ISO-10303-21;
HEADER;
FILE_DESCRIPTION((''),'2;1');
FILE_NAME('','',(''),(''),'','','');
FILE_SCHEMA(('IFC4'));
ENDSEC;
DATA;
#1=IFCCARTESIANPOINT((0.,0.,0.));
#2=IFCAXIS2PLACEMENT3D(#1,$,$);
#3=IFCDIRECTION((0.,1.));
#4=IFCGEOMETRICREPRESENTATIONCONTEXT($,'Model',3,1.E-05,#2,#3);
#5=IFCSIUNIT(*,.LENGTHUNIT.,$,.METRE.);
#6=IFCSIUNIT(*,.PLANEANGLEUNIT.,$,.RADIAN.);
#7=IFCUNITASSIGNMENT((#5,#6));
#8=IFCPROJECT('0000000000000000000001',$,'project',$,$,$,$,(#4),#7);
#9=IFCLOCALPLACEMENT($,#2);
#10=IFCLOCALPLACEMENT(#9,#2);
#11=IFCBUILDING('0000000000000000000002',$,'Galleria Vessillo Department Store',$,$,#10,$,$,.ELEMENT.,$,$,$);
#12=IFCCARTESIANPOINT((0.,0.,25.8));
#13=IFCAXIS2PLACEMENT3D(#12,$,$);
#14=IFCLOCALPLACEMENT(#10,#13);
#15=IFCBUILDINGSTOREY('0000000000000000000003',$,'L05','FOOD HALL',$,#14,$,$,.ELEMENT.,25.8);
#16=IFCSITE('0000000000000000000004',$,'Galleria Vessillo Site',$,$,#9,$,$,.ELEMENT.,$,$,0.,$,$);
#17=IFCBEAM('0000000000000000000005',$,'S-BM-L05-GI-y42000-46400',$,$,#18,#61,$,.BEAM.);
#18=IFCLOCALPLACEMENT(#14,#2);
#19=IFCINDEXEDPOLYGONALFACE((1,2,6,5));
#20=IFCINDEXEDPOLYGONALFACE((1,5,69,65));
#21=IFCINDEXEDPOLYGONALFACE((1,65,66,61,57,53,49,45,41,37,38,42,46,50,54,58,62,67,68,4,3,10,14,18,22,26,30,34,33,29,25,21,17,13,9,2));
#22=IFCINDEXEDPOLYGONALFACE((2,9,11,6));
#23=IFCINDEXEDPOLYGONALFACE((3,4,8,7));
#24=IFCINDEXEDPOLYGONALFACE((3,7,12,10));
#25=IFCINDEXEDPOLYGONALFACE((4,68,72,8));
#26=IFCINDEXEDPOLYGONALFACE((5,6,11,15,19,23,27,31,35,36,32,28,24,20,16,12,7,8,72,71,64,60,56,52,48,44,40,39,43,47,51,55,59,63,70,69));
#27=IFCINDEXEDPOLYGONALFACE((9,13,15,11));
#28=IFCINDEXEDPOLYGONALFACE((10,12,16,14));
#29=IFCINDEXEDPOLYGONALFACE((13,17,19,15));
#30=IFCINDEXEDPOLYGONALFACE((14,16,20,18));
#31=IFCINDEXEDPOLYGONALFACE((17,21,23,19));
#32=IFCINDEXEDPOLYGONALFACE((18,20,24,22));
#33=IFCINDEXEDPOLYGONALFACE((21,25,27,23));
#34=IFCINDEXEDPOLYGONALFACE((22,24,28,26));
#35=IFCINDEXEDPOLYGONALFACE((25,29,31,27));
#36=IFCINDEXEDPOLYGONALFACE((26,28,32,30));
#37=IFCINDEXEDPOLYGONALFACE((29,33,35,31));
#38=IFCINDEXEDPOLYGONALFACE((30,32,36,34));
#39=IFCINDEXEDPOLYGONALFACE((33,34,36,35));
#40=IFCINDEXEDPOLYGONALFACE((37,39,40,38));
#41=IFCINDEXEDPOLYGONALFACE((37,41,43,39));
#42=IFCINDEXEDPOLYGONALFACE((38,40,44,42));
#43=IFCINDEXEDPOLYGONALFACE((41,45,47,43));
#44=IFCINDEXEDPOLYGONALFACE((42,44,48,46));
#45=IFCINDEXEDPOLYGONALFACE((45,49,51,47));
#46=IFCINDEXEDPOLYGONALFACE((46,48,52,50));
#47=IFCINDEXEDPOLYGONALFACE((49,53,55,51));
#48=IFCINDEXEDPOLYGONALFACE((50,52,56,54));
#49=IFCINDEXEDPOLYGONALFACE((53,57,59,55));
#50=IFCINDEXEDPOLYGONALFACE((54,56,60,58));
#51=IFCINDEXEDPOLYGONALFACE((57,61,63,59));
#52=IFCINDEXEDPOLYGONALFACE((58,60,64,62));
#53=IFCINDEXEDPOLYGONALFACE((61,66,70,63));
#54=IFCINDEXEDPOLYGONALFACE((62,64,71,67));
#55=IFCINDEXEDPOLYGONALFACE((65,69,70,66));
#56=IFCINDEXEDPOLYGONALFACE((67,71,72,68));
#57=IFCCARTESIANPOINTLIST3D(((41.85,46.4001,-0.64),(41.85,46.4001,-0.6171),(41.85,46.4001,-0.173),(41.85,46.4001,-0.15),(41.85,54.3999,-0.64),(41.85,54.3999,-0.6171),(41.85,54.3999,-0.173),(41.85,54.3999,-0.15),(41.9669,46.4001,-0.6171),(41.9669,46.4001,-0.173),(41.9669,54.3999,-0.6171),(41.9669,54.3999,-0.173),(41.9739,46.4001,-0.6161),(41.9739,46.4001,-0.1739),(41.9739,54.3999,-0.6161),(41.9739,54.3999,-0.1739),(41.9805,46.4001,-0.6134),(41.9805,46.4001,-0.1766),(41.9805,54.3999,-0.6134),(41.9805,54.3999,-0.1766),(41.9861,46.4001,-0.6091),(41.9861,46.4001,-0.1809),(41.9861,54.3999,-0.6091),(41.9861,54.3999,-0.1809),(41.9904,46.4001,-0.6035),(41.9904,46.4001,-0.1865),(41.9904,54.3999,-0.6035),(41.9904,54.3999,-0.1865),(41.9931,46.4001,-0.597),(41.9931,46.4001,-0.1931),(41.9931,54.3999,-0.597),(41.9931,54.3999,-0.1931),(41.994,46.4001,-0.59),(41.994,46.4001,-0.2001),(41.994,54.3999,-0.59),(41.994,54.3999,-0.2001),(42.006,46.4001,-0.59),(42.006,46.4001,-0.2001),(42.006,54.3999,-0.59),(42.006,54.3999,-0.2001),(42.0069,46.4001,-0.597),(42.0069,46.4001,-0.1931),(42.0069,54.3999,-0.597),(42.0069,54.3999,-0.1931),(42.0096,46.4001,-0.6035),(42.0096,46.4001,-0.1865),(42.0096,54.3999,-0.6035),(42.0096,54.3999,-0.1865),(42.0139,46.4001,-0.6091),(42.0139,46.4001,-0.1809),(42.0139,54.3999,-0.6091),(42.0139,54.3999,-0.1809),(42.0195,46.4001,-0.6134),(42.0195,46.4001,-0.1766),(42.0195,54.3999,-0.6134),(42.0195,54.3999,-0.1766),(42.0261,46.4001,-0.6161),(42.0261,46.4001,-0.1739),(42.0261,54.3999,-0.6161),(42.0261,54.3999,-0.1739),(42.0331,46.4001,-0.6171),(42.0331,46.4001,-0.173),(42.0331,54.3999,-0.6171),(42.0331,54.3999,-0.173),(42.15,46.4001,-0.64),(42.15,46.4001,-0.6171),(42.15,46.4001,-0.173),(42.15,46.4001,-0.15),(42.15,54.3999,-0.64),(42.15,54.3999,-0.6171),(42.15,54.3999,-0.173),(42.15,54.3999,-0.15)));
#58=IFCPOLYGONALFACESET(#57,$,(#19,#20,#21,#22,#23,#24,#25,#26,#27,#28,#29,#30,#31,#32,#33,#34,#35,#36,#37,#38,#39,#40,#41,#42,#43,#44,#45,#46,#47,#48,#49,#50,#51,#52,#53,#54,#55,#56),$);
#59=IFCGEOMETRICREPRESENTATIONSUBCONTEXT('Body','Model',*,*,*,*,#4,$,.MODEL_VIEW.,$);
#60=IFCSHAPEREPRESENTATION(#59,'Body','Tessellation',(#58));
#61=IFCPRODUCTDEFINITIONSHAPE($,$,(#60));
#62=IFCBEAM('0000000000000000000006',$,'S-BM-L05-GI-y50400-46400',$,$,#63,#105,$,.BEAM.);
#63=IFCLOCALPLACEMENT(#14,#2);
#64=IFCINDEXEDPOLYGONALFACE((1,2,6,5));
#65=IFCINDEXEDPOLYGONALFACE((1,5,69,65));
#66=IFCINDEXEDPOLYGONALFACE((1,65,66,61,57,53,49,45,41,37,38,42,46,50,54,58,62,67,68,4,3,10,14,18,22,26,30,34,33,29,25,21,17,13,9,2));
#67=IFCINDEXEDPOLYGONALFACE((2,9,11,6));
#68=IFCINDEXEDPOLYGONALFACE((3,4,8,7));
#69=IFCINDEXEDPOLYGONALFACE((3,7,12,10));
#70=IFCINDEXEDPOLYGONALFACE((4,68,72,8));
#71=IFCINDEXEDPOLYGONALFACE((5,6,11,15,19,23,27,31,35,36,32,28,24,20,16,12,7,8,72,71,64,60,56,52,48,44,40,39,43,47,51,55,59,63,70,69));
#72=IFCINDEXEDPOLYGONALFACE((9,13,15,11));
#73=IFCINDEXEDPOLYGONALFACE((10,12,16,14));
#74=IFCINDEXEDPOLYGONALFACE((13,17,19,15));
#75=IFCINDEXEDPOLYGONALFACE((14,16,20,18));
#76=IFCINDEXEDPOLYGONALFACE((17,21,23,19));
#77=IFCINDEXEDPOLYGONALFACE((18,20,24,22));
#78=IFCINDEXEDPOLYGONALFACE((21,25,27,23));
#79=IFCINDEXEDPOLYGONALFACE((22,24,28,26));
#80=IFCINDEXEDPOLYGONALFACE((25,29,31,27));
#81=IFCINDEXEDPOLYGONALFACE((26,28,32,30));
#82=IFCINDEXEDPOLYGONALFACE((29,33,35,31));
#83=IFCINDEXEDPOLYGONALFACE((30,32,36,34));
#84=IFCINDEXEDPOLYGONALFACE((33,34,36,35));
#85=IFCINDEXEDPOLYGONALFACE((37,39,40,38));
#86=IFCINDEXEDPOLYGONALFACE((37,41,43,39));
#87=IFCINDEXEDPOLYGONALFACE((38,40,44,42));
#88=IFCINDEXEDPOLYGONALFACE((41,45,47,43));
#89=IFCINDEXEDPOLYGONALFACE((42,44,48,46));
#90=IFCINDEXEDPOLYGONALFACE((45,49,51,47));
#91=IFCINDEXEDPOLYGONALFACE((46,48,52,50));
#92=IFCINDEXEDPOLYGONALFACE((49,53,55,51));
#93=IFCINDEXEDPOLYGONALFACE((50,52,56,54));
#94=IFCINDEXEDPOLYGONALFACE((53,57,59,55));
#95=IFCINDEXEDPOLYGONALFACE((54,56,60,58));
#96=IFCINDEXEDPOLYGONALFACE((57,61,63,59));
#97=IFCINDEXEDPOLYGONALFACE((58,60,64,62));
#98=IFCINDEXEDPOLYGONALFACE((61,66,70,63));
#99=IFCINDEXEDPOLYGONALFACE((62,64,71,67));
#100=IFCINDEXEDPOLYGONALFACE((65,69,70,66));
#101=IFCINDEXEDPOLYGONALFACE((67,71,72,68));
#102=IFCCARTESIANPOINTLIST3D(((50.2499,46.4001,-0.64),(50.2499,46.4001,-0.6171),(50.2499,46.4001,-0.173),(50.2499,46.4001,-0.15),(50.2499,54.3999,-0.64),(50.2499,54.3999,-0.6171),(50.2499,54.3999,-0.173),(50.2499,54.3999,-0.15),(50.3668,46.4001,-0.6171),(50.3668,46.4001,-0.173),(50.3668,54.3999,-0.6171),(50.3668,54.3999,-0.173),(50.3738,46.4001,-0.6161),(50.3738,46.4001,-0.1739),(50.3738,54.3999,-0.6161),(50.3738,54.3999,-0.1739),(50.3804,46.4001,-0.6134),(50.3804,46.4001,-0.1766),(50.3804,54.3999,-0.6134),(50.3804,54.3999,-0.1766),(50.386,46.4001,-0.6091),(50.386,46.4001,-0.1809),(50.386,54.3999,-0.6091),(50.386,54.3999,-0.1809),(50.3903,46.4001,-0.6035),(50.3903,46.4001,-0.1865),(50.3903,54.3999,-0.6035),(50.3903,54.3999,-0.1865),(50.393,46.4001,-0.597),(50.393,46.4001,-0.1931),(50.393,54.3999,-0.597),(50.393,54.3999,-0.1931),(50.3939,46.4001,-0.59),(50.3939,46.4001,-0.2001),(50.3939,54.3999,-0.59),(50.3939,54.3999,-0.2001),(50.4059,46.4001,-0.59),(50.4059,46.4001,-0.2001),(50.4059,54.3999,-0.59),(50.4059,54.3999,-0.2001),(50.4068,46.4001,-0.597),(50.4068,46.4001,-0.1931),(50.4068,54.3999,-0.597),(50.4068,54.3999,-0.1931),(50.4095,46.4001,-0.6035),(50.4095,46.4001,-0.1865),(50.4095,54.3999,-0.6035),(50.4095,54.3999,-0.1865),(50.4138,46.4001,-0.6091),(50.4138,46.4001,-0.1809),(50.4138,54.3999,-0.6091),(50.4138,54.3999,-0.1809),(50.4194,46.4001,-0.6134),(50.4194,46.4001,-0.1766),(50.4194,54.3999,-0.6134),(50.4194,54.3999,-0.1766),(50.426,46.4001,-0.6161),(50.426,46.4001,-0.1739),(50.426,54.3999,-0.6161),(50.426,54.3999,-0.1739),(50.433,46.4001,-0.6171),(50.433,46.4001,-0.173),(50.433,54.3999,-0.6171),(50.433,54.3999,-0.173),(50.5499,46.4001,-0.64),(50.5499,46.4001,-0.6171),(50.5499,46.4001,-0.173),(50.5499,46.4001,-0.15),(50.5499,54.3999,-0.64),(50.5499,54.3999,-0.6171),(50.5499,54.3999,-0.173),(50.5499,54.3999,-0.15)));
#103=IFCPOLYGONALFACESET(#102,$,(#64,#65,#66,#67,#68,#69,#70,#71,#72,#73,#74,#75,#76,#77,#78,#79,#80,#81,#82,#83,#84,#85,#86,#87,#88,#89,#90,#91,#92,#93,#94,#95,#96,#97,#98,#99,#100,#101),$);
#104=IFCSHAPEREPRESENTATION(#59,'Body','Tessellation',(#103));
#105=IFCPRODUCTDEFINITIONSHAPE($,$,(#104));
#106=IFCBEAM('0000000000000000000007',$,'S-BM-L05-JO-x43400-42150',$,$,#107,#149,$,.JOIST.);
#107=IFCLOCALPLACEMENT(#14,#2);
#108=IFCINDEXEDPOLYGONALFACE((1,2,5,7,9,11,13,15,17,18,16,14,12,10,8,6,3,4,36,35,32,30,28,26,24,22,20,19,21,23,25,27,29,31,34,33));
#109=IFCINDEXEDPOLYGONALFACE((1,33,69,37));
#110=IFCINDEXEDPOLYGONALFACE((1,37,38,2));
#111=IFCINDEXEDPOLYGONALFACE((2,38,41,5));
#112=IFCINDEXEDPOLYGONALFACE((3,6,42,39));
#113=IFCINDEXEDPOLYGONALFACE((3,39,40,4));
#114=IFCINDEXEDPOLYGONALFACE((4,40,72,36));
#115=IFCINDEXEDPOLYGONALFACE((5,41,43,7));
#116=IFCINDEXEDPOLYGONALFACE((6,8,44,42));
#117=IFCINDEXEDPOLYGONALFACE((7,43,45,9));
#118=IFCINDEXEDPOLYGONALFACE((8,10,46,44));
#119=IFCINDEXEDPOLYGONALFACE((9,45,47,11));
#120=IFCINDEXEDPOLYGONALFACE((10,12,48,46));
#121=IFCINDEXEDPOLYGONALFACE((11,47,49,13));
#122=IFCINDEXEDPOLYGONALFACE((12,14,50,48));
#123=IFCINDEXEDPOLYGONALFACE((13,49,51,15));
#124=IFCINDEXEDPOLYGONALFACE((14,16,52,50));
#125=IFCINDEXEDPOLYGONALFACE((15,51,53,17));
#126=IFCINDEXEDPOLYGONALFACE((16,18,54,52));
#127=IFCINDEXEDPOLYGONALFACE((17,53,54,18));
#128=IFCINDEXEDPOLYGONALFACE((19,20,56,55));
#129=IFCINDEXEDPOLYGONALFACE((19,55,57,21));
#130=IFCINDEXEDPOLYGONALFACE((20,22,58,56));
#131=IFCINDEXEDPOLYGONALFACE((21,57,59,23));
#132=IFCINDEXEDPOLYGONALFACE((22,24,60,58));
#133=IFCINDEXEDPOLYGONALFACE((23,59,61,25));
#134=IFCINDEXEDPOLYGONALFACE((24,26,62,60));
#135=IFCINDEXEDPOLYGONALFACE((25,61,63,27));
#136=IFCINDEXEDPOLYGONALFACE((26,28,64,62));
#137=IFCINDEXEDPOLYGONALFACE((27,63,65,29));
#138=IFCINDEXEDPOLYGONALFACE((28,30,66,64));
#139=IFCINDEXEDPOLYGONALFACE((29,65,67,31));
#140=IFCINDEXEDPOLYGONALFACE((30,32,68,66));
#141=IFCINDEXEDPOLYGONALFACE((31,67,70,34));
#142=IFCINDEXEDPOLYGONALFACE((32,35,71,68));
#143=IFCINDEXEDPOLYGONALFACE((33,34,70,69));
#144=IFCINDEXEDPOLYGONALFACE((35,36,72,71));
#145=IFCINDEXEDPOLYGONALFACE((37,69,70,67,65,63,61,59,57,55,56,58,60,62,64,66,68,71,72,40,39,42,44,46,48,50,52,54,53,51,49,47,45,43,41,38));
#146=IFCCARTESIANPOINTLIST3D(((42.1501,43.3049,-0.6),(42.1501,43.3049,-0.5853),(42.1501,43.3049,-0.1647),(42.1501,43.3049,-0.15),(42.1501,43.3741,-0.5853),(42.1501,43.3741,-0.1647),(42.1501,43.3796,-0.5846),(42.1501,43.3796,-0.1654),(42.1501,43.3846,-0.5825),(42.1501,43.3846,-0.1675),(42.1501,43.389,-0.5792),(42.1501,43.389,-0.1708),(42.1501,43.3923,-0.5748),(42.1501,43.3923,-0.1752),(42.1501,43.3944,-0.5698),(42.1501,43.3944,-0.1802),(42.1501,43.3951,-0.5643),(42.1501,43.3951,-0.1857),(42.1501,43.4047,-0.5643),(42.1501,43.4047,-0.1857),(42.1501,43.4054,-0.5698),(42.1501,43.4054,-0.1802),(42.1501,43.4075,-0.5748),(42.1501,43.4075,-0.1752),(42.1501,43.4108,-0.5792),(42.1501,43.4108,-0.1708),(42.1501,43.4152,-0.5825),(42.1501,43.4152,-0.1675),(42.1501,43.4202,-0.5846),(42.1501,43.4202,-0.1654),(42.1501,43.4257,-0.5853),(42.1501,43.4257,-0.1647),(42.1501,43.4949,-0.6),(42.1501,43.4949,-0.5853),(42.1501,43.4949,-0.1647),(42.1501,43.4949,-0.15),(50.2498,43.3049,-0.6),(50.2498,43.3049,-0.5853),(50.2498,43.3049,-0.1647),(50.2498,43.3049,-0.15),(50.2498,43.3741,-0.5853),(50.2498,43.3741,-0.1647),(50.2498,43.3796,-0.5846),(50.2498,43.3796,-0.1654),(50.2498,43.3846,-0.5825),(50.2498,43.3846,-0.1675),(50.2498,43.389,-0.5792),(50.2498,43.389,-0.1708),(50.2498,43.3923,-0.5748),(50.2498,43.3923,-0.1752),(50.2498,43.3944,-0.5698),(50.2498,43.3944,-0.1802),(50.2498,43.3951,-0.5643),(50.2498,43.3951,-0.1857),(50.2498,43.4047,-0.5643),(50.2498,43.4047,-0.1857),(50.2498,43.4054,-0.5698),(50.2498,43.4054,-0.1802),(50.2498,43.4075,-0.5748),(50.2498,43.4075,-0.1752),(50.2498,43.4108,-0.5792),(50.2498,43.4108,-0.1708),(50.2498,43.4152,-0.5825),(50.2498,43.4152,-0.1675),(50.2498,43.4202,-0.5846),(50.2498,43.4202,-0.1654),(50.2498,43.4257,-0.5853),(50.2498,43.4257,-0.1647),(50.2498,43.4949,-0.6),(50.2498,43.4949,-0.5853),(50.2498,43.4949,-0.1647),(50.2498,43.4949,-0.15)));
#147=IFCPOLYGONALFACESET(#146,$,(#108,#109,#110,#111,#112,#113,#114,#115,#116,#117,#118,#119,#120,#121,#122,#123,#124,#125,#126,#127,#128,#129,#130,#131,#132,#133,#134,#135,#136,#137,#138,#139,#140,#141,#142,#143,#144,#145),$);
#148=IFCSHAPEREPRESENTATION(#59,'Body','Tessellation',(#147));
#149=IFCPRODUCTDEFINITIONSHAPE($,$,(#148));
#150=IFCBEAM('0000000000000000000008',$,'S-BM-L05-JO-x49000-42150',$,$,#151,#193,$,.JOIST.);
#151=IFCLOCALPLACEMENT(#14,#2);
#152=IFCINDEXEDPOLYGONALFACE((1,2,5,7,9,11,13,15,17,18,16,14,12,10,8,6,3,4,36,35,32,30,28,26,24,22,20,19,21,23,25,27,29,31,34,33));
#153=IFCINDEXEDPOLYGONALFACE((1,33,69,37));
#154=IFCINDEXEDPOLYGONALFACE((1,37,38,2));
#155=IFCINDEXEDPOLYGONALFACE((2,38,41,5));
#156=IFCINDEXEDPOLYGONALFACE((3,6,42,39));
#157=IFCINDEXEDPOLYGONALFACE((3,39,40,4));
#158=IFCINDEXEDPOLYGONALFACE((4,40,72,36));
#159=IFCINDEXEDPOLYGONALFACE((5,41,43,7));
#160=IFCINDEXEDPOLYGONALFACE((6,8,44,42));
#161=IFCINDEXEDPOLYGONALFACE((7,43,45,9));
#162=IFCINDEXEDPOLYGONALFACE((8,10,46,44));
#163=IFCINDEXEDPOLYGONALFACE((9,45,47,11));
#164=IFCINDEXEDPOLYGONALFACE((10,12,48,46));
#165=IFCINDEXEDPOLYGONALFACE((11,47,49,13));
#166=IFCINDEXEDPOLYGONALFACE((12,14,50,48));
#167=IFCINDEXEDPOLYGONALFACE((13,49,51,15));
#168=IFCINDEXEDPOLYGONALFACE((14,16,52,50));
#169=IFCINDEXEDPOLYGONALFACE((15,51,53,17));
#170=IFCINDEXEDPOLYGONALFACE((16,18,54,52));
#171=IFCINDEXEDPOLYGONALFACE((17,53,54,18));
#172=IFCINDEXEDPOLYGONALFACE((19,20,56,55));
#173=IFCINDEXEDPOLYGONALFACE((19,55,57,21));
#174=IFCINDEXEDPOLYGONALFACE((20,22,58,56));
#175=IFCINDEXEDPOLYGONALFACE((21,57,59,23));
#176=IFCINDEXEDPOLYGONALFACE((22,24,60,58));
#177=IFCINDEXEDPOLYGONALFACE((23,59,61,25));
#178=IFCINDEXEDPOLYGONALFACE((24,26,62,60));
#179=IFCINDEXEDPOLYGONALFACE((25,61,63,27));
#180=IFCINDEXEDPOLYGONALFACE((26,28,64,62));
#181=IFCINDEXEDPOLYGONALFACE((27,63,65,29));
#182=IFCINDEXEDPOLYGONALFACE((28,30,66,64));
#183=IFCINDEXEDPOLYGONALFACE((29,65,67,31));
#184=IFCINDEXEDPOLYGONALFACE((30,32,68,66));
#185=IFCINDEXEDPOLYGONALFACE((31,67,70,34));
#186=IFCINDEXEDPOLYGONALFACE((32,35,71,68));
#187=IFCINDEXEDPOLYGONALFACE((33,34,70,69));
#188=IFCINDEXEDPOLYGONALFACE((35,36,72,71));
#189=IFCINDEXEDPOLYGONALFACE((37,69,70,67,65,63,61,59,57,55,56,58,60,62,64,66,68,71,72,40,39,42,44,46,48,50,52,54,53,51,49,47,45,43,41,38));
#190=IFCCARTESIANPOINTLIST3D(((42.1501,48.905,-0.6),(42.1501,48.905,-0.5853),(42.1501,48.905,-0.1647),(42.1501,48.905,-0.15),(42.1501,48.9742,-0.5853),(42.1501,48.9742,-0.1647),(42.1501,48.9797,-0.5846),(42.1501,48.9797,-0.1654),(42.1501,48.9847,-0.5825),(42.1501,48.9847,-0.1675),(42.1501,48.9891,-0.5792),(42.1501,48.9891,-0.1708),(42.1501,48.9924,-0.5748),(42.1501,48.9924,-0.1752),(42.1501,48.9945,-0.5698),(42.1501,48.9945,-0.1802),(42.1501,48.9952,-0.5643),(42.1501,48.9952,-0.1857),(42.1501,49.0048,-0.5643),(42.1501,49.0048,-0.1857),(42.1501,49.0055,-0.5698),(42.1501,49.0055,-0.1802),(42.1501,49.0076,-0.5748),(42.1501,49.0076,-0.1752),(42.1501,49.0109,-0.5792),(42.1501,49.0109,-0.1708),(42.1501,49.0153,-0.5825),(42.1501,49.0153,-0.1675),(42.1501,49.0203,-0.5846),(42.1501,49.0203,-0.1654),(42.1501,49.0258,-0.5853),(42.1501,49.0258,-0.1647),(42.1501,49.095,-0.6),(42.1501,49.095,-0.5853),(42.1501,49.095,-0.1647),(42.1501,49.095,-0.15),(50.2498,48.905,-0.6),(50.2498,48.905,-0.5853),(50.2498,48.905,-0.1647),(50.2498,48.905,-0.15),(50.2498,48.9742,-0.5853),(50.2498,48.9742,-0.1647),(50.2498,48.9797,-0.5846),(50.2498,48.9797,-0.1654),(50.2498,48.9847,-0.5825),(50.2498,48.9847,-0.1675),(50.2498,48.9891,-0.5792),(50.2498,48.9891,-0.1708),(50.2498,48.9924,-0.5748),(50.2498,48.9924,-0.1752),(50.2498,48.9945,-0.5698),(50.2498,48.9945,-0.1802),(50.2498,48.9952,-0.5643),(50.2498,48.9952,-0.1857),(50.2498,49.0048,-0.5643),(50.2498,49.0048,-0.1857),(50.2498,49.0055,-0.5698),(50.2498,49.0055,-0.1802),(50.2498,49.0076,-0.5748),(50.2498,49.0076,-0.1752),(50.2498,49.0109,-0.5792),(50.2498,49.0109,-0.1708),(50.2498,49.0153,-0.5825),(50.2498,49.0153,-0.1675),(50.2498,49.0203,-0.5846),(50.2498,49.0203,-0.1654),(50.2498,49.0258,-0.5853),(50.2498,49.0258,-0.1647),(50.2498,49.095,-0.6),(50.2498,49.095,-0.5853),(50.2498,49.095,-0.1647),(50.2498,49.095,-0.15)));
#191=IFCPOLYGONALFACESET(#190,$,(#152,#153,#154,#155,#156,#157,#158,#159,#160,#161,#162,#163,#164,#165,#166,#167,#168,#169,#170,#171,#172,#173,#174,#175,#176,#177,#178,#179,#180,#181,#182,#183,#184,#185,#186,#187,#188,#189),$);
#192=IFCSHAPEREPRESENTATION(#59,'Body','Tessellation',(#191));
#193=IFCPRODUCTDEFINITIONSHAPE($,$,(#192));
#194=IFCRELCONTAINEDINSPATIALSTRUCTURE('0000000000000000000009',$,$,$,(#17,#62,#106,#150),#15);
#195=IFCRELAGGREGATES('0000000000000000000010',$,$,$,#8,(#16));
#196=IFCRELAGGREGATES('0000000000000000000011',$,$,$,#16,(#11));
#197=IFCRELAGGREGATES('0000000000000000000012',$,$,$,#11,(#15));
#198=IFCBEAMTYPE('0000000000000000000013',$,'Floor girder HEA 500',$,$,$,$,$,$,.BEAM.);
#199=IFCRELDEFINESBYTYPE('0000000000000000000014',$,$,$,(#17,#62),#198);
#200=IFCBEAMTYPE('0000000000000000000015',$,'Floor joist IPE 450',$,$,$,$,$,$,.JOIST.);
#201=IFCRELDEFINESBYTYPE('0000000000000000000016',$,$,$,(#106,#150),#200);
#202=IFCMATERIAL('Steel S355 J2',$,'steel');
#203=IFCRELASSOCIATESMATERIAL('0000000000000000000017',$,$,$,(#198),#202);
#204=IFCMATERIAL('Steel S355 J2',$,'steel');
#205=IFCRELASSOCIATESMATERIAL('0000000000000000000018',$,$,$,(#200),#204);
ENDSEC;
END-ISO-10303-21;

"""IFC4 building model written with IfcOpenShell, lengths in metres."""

from ifc_helpers import new_model, si_unit, direction, frame, origin, origin_2d, place, context, subcontext, project, spatial, i_section, extrude, material, material_profile, profile_set, type_object, element, save


model = new_model("IFC4")

# Units and contexts
model_context = context("Model", 3, precision=1e-05, world=origin(), true_north=direction((0.0, 1.0)))
body_context = subcontext(model_context, "Body", "Model", "MODEL_VIEW")
ifc_project = project(units=[si_unit("LENGTHUNIT", "METRE"), si_unit("PLANEANGLEUNIT", "RADIAN")], contexts=[model_context])

# Site, building, storey
site_placement = place(None, origin())
site = spatial("IfcSite", under=ifc_project, at=site_placement, Name="Galleria Vessillo Site", CompositionType="ELEMENT", RefElevation=0.0)
building_placement = place(site_placement, origin())
building = spatial("IfcBuilding", under=site, at=building_placement, Name="Galleria Vessillo Department Store", CompositionType="ELEMENT")
storey_placement = place(building_placement, frame((0.0, 0.0, 25.8)))
storey = spatial("IfcBuildingStorey", under=building, at=storey_placement, Name="L05", Description="FOOD HALL", CompositionType="ELEMENT", Elevation=25.8)

# Beams
ifc_material_1 = material(Name="Steel S355 J2", Category="steel")
ifc_material_profile_1 = material_profile(ifc_material_1, i_section(OverallWidth=0.3, OverallDepth=0.49, WebThickness=0.012, FlangeThickness=0.0229, FilletRadius=0.0271, at=origin_2d()), Name="HEA 500")
ifc_profile_set_1 = profile_set([ifc_material_profile_1], Name="Steel S355 J2")
beam_type_1 = type_object("IfcBeamType", Name="Floor girder HEA 500", PredefinedType="BEAM", material=ifc_profile_set_1)
for number, where, z_axis, x_axis, name in (
    (1, (42.0, 46.4001, -0.395), (0.0, 1.0, 0.0), (-1.0, 0.0, 0.0), "S-BM-L05-GI-y42000-46400"),
    (2, (50.3999, 46.4001, -0.395), (0.0, 1.0, 0.0), (-1.0, 0.0, 0.0), "S-BM-L05-GI-y50400-46400"),
):
    element("IfcBeam", number, at=place(storey_placement, frame(where, z_axis=z_axis, x_axis=x_axis)), inside=storey, type_object=beam_type_1, Name=name, PredefinedType="BEAM", context=body_context, shape_type="SweptSolid", body=[
        extrude(i_section(OverallWidth=0.3, OverallDepth=0.49, WebThickness=0.012, FlangeThickness=0.0229, FilletRadius=0.0271, at=origin_2d()), origin(), (0.0, 0.0, 1.0), 7.9998),
    ])
ifc_material_2 = material(Name="Steel S355 J2", Category="steel")
ifc_material_profile_2 = material_profile(ifc_material_2, i_section(OverallWidth=0.1899, OverallDepth=0.45, WebThickness=0.0095, FlangeThickness=0.0146, FilletRadius=0.021, at=origin_2d()), Name="IPE 450")
ifc_profile_set_2 = profile_set([ifc_material_profile_2], Name="Steel S355 J2")
beam_type_2 = type_object("IfcBeamType", Name="Floor joist IPE 450", PredefinedType="JOIST", material=ifc_profile_set_2)
for number, where, z_axis, x_axis, name in (
    (3, (42.1501, 43.3999, -0.375), (1.0, 0.0, 0.0), (0.0, 1.0, 0.0), "S-BM-L05-JO-x43400-42150"),
    (4, (42.1501, 49.0, -0.375), (1.0, 0.0, 0.0), (0.0, 1.0, 0.0), "S-BM-L05-JO-x49000-42150"),
):
    element("IfcBeam", number, at=place(storey_placement, frame(where, z_axis=z_axis, x_axis=x_axis)), inside=storey, type_object=beam_type_2, Name=name, PredefinedType="JOIST", context=body_context, shape_type="SweptSolid", body=[
        extrude(i_section(OverallWidth=0.1899, OverallDepth=0.45, WebThickness=0.0095, FlangeThickness=0.0146, FilletRadius=0.021, at=origin_2d()), origin(), (0.0, 0.0, 1.0), 8.0996),
    ])

save(model, "model.ifc")
